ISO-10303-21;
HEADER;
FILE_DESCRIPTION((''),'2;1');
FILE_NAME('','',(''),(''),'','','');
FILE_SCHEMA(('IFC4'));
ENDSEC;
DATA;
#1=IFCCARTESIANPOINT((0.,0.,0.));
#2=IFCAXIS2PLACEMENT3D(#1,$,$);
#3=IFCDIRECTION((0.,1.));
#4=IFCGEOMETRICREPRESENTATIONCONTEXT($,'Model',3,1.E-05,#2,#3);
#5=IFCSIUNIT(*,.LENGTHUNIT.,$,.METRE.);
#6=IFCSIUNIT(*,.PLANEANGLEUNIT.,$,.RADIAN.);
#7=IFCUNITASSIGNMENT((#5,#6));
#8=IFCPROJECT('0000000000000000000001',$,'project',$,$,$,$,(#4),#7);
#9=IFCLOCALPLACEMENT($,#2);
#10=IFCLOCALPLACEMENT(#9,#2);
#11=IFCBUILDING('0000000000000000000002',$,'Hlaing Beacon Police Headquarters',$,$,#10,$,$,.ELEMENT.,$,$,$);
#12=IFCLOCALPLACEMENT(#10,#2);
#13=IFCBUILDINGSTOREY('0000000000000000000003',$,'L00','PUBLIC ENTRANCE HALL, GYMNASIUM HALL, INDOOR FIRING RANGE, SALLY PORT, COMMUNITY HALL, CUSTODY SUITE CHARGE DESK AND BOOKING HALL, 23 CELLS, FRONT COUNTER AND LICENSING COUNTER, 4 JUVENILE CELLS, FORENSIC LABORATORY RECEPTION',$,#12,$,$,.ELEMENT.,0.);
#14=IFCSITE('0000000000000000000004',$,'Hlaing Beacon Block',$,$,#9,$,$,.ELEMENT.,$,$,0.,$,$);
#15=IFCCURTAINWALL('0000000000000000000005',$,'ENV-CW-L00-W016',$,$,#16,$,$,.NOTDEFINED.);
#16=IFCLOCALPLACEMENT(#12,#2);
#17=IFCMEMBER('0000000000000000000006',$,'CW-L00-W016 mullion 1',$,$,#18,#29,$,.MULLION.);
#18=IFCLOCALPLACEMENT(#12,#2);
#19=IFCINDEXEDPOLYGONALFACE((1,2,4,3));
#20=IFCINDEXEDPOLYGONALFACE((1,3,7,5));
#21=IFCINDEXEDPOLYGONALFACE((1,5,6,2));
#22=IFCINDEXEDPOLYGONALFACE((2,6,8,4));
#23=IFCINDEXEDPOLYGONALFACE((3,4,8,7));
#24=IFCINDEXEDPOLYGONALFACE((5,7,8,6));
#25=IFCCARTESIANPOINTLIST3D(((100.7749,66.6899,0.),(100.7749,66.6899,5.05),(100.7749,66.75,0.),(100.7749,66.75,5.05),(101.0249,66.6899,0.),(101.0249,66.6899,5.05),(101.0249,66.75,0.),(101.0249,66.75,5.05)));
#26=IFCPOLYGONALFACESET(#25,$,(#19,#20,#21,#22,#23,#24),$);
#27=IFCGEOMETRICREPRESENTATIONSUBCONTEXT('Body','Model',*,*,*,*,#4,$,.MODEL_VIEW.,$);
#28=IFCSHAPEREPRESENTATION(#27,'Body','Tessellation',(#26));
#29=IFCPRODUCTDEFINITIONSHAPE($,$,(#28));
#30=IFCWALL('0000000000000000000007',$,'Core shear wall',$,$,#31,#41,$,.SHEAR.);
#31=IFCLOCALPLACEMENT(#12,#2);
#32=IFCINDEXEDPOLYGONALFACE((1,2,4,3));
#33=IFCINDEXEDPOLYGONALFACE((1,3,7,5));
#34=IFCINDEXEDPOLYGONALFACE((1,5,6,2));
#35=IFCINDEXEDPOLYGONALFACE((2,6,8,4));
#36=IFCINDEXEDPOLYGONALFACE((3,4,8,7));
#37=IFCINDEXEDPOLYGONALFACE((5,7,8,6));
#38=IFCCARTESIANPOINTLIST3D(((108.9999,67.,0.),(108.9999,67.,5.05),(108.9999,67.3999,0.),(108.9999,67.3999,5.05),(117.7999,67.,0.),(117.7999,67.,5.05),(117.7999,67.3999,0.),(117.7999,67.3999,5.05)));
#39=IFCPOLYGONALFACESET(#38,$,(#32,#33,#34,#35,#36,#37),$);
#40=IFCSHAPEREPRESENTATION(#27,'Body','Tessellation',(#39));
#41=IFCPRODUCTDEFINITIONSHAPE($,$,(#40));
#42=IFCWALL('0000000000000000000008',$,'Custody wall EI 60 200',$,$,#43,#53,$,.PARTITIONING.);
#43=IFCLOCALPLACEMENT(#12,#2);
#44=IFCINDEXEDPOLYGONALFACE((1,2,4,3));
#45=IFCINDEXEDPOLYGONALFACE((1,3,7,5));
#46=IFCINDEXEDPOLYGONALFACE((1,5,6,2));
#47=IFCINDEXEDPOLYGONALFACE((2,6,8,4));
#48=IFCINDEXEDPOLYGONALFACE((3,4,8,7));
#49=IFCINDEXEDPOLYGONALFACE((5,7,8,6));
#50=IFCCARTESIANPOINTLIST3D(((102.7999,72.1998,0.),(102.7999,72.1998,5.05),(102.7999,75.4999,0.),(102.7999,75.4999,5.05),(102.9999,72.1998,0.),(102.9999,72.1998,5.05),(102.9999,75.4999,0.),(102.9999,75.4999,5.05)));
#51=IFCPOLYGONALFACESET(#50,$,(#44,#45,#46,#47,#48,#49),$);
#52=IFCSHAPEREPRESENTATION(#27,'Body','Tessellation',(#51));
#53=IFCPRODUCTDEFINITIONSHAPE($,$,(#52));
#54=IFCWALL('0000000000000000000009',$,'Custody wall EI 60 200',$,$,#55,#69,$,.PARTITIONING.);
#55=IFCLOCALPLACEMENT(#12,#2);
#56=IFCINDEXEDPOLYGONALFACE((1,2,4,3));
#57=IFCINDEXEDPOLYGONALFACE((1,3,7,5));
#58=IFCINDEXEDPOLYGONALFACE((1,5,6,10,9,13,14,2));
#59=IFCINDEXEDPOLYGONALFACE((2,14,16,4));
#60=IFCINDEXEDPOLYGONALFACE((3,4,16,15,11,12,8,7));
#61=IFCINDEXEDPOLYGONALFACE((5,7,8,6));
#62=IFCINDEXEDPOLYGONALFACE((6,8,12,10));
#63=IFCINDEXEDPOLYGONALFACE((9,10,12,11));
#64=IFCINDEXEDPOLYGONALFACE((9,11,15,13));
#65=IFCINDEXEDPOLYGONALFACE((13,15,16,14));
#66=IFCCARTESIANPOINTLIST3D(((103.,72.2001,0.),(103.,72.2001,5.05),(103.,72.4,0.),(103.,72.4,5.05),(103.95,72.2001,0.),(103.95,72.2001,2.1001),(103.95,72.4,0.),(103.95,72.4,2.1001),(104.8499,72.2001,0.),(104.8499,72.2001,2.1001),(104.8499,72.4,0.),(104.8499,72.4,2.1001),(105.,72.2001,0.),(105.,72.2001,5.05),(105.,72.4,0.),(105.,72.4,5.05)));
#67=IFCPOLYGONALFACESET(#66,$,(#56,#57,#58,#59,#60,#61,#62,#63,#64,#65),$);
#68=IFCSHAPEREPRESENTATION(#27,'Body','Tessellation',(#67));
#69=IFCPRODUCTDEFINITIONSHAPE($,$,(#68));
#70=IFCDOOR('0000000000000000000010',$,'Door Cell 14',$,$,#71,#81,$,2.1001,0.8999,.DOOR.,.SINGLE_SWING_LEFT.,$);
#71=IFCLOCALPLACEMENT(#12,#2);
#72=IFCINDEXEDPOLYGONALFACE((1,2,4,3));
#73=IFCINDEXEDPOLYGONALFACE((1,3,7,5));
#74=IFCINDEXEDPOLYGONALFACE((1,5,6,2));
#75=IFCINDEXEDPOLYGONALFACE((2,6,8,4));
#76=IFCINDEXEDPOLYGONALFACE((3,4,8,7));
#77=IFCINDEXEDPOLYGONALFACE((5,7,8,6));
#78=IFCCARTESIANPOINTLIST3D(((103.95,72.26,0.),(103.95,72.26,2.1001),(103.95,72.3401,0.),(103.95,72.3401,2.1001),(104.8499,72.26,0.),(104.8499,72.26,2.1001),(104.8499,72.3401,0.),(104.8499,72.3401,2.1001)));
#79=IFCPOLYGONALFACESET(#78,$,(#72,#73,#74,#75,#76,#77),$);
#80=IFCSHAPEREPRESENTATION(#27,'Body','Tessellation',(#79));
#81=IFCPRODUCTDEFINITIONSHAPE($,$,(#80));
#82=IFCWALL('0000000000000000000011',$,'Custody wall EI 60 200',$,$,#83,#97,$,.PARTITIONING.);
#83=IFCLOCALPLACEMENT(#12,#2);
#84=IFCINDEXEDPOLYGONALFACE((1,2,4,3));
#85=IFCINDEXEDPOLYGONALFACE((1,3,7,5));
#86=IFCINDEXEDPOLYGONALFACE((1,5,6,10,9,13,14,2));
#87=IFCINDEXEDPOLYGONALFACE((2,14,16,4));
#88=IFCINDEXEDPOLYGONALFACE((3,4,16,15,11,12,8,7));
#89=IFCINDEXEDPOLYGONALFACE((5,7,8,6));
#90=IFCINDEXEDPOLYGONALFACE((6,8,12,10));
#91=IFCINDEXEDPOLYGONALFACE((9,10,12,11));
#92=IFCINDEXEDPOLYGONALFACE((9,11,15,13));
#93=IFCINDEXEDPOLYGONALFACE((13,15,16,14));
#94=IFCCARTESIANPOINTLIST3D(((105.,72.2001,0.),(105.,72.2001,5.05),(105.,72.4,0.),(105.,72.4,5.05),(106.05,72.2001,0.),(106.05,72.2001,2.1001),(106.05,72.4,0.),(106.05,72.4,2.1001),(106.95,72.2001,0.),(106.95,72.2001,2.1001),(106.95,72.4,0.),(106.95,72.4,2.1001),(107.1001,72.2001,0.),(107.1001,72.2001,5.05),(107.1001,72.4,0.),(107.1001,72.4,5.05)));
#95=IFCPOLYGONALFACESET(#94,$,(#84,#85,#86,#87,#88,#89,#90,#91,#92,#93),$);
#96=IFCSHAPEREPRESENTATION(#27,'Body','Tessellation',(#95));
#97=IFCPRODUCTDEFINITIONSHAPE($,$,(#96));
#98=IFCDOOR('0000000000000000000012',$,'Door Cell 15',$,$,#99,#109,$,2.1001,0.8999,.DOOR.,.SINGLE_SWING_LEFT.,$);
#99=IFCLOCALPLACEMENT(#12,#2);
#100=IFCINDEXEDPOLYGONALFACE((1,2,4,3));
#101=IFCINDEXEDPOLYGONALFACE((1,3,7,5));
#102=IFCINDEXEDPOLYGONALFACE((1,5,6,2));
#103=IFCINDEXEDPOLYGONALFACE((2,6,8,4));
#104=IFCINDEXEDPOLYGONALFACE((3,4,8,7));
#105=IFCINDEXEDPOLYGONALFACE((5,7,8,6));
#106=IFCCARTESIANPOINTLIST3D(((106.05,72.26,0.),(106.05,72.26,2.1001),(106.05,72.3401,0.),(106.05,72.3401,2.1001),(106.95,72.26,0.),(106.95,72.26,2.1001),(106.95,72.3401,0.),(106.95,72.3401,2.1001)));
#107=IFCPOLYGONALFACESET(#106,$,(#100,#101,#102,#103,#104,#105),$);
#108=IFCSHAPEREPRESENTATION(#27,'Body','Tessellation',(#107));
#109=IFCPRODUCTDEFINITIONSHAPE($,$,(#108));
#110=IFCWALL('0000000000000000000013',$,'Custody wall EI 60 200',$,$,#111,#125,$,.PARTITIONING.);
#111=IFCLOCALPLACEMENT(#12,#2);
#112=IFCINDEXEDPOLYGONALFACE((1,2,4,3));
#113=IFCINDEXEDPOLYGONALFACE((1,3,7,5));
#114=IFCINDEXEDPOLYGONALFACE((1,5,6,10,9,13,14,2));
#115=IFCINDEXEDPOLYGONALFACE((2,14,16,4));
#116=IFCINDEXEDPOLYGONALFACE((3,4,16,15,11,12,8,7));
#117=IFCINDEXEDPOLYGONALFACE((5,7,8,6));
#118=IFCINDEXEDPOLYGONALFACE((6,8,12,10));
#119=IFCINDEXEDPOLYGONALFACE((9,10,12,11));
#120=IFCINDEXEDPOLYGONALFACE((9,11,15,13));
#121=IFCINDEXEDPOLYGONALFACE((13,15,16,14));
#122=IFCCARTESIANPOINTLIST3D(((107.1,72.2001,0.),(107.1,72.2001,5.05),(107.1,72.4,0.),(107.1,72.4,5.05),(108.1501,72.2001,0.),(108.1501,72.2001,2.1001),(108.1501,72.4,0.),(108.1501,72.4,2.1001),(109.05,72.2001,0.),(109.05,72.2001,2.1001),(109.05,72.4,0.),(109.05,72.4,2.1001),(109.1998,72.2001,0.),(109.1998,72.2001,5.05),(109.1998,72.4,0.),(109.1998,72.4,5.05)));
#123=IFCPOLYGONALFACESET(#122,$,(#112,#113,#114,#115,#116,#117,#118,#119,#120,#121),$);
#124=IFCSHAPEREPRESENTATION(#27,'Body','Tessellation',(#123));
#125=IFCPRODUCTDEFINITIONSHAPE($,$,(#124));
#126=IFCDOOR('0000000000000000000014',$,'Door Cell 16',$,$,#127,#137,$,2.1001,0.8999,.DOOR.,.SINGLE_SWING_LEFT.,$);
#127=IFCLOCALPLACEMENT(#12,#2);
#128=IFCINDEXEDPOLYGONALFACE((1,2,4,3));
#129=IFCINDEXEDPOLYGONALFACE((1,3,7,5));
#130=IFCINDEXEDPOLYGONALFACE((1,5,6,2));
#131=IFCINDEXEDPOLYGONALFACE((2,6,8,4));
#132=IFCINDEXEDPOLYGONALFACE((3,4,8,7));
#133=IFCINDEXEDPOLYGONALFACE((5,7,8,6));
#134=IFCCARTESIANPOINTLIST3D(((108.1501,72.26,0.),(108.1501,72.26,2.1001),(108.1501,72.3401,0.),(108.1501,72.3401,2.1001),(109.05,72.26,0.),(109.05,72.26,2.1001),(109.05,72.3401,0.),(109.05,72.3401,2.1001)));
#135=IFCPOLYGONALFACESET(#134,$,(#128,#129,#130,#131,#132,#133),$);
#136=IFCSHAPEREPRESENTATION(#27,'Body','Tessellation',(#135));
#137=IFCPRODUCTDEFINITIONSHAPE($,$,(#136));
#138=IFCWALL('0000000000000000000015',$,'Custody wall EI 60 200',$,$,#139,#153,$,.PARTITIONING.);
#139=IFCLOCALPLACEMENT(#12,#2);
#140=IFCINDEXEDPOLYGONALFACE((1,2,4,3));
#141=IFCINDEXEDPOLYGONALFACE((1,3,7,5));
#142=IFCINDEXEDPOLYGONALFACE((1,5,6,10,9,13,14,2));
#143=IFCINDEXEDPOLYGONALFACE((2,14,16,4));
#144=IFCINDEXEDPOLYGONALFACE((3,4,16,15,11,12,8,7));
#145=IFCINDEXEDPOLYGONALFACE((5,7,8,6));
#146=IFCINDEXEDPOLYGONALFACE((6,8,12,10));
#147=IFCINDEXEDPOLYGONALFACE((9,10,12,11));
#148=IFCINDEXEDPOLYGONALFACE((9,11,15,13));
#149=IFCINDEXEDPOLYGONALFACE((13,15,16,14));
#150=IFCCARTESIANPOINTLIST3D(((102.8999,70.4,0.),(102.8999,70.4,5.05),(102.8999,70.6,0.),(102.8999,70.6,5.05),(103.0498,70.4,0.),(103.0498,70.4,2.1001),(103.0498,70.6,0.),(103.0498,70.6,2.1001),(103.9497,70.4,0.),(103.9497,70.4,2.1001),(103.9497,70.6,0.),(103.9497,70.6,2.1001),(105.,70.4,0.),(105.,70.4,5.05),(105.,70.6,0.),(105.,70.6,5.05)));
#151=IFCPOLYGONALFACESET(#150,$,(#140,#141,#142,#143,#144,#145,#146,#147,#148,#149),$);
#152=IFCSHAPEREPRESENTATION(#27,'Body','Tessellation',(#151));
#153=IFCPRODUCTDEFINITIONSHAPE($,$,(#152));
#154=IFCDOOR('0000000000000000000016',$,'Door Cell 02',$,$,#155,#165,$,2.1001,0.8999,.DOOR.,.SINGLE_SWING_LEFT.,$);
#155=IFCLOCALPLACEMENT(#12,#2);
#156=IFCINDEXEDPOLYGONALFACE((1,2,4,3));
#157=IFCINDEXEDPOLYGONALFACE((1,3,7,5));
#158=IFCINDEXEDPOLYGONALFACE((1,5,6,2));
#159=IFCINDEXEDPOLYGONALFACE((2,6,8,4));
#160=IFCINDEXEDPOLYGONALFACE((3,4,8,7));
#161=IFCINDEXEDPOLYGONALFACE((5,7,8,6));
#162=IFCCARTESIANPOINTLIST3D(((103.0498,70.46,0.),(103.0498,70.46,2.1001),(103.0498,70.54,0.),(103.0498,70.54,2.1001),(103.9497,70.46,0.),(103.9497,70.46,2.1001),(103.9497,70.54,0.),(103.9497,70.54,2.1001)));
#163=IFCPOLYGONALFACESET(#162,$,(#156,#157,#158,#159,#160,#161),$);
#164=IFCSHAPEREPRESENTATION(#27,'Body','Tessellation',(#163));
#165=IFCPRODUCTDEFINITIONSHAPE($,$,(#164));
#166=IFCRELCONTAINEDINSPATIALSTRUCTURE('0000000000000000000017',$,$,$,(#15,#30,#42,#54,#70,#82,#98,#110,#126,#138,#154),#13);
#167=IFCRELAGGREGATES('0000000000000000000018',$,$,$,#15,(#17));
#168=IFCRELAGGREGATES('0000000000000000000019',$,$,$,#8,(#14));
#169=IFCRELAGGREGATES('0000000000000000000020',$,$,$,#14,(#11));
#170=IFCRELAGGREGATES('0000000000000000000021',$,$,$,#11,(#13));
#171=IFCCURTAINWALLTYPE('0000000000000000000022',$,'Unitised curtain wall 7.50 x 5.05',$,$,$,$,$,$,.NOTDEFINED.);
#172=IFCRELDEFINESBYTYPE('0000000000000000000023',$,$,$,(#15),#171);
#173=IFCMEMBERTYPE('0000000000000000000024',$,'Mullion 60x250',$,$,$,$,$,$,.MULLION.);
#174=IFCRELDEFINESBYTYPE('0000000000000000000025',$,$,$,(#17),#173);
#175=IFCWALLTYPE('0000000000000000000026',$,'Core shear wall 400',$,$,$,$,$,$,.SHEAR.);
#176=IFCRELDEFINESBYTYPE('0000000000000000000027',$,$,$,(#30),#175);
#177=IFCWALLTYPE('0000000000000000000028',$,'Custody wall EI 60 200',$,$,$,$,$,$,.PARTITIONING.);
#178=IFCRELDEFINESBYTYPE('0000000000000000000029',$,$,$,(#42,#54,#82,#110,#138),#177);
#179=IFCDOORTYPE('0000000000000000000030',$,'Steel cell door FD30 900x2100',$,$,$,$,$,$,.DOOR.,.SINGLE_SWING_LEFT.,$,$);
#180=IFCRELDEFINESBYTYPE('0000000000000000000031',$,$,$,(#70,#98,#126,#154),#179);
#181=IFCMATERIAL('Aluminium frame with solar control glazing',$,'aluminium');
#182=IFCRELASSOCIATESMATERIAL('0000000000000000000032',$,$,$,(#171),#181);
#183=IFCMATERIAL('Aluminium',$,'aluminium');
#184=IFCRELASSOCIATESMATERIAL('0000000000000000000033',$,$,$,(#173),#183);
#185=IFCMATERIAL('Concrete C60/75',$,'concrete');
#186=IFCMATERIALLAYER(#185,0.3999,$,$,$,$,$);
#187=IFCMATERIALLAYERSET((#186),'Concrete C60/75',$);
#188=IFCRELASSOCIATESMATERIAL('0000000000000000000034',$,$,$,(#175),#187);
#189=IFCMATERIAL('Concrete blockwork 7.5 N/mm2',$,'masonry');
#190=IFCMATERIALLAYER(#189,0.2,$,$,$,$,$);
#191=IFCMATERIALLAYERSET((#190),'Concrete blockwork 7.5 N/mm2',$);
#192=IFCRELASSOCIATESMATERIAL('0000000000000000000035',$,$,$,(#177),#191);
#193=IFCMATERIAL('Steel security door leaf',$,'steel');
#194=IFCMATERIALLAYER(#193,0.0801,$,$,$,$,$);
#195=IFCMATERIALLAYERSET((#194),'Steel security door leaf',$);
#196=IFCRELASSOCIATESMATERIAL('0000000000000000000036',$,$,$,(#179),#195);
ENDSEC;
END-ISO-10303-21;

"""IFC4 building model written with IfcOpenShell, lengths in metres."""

from ifc_helpers import new_model, si_unit, direction, frame, frame_2d, origin, origin_2d, place, context, subcontext, project, spatial, rectangle, extrude, material, layer, layer_set, material_profile, profile_set, type_object, element, fill, aggregate, save


model = new_model("IFC4")

# Units and contexts
model_context = context("Model", 3, precision=1e-05, world=origin(), true_north=direction((0.0, 1.0)))
body_context = subcontext(model_context, "Body", "Model", "MODEL_VIEW")
ifc_project = project(units=[si_unit("LENGTHUNIT", "METRE"), si_unit("PLANEANGLEUNIT", "RADIAN")], contexts=[model_context])

# Site, building, storey
site_placement = place(None, origin())
site = spatial("IfcSite", under=ifc_project, at=site_placement, Name="Hlaing Beacon Block", CompositionType="ELEMENT", RefElevation=0.0)
building_placement = place(site_placement, origin())
building = spatial("IfcBuilding", under=site, at=building_placement, Name="Hlaing Beacon Police Headquarters", CompositionType="ELEMENT")
storey_placement = place(building_placement, origin())
storey = spatial("IfcBuildingStorey", under=building, at=storey_placement, Name="L00", Description="PUBLIC ENTRANCE HALL, GYMNASIUM HALL, INDOOR FIRING RANGE, SALLY PORT, COMMUNITY HALL, CUSTODY SUITE CHARGE DESK AND BOOKING HALL, 23 CELLS, FRONT COUNTER AND LICENSING COUNTER, 4 JUVENILE CELLS, FORENSIC LABORATORY RECEPTION", CompositionType="ELEMENT", Elevation=0.0)

# Curtain wall, member
ifc_material_1 = material(Name="Aluminium frame with solar control glazing", Category="aluminium")
curtain_wall_type = type_object("IfcCurtainWallType", Name="Unitised curtain wall 7.50 x 5.05", PredefinedType="NOTDEFINED", material=ifc_material_1)
curtain_wall_placement = place(storey_placement, origin())
curtain_wall = element("IfcCurtainWall", 1, at=curtain_wall_placement, inside=storey, type_object=curtain_wall_type, Name="ENV-CW-L00-W016", PredefinedType="NOTDEFINED")
ifc_material_2 = material(Name="Aluminium", Category="aluminium")
ifc_material_profile = material_profile(ifc_material_2, rectangle(XDim=0.25, YDim=0.0601, at=origin_2d()), Name="Mullion 60x250")
ifc_profile_set = profile_set([ifc_material_profile], Name="Aluminium")
member_type = type_object("IfcMemberType", Name="Mullion 60x250", PredefinedType="MULLION", material=ifc_profile_set)
member_placement = place(storey_placement, frame((100.8999, 66.72, 0.0), z_axis=(0.0, 0.0, 1.0), x_axis=(1.0, 0.0, 0.0)))
member = element("IfcMember", 2, at=member_placement, type_object=member_type, Name="CW-L00-W016 mullion 1", PredefinedType="MULLION", context=body_context, shape_type="SweptSolid", body=[
    extrude(rectangle(XDim=0.25, YDim=0.0601, at=origin_2d()), origin(), (0.0, 0.0, 1.0), 5.05),
])
aggregate(curtain_wall, [member])

# Walls
ifc_material_3 = material(Name="Concrete C60/75", Category="concrete")
ifc_layer_1 = layer(ifc_material_3, 0.3999)
ifc_layer_set_1 = layer_set([ifc_layer_1], Name="Concrete C60/75")
wall_type_1 = type_object("IfcWallType", Name="Core shear wall 400", PredefinedType="SHEAR", material=ifc_layer_set_1)
wall_1_placement = place(storey_placement, frame((109.0, 67.2, 0.0), z_axis=(0.0, 0.0, 1.0), x_axis=(1.0, 0.0, 0.0)))
element("IfcWall", 3, at=wall_1_placement, inside=storey, type_object=wall_type_1, Name="Core shear wall", PredefinedType="SHEAR", context=body_context, shape_type="SweptSolid", body=[
    extrude(rectangle(XDim=8.8, YDim=0.3999, at=frame_2d((4.3999, 0.0))), origin(), (0.0, 0.0, 1.0), 5.05),
])
ifc_material_4 = material(Name="Concrete blockwork 7.5 N/mm2", Category="masonry")
ifc_layer_2 = layer(ifc_material_4, 0.2)
ifc_layer_set_2 = layer_set([ifc_layer_2], Name="Concrete blockwork 7.5 N/mm2")
wall_type_2 = type_object("IfcWallType", Name="Custody wall EI 60 200", PredefinedType="PARTITIONING", material=ifc_layer_set_2)
wall_2_placement = place(storey_placement, frame((102.8999, 72.2, 0.0), z_axis=(0.0, 0.0, 1.0), x_axis=(0.0, 1.0, 0.0)))
element("IfcWall", 4, at=wall_2_placement, inside=storey, type_object=wall_type_2, Name="Custody wall EI 60 200", PredefinedType="PARTITIONING", context=body_context, shape_type="SweptSolid", body=[
    extrude(rectangle(XDim=3.3, YDim=0.2, at=frame_2d((1.6499, 0.0))), origin(), (0.0, 0.0, 1.0), 5.05),
])

# Walls, openings, doors
wall_3_placement = place(storey_placement, frame((103.0, 72.3, 0.0), z_axis=(0.0, 0.0, 1.0), x_axis=(1.0, 0.0, 0.0)))
wall_3 = element("IfcWall", 5, at=wall_3_placement, inside=storey, type_object=wall_type_2, Name="Custody wall EI 60 200", PredefinedType="PARTITIONING", context=body_context, shape_type="SweptSolid", body=[
    extrude(rectangle(XDim=2.0, YDim=0.2, at=frame_2d((1.0, 0.0))), origin(), (0.0, 0.0, 1.0), 5.05),
])
opening_1_placement = place(wall_3_placement, frame((0.95, 0.0, 0.0)))
opening_1 = element("IfcOpeningElement", 6, at=opening_1_placement, cuts=wall_3, PredefinedType="OPENING", context=body_context, shape_type="SweptSolid", body=[
    extrude(rectangle(XDim=0.8999, YDim=2.1001, at=frame_2d((0.45, 1.05))), frame((0.0, 0.1099, 0.0), z_axis=(0.0, -1.0, 0.0), x_axis=(1.0, 0.0, 0.0)), (0.0, 0.0, 1.0), 0.22),
])
ifc_material_5 = material(Name="Steel security door leaf", Category="steel")
ifc_layer_3 = layer(ifc_material_5, 0.0801)
ifc_layer_set_3 = layer_set([ifc_layer_3], Name="Steel security door leaf")
door_type = type_object("IfcDoorType", Name="Steel cell door FD30 900x2100", OperationType="SINGLE_SWING_LEFT", PredefinedType="DOOR", material=ifc_layer_set_3)
door_1_placement = place(opening_1_placement, origin())
door_1 = element("IfcDoor", 7, at=door_1_placement, inside=storey, type_object=door_type, Name="Door Cell 14", OperationType="SINGLE_SWING_LEFT", OverallHeight=2.1001, OverallWidth=0.8999, PredefinedType="DOOR", context=body_context, shape_type="SweptSolid", body=[
    extrude(rectangle(XDim=0.8999, YDim=2.1001, at=frame_2d((0.45, 1.05))), frame((0.0, 0.04, 0.0), z_axis=(0.0, -1.0, 0.0), x_axis=(1.0, 0.0, 0.0)), (0.0, 0.0, 1.0), 0.0801),
])
fill(opening_1, door_1)
wall_4_placement = place(storey_placement, frame((105.0, 72.3, 0.0), z_axis=(0.0, 0.0, 1.0), x_axis=(1.0, 0.0, 0.0)))
wall_4 = element("IfcWall", 8, at=wall_4_placement, inside=storey, type_object=wall_type_2, Name="Custody wall EI 60 200", PredefinedType="PARTITIONING", context=body_context, shape_type="SweptSolid", body=[
    extrude(rectangle(XDim=2.1001, YDim=0.2, at=frame_2d((1.05, 0.0))), origin(), (0.0, 0.0, 1.0), 5.05),
])
opening_2_placement = place(wall_4_placement, frame((1.05, 0.0, 0.0)))
opening_2 = element("IfcOpeningElement", 9, at=opening_2_placement, cuts=wall_4, PredefinedType="OPENING", context=body_context, shape_type="SweptSolid", body=[
    extrude(rectangle(XDim=0.8999, YDim=2.1001, at=frame_2d((0.45, 1.05))), frame((0.0, 0.1099, 0.0), z_axis=(0.0, -1.0, 0.0), x_axis=(1.0, 0.0, 0.0)), (0.0, 0.0, 1.0), 0.22),
])
door_2_placement = place(opening_2_placement, origin())
door_2 = element("IfcDoor", 10, at=door_2_placement, inside=storey, type_object=door_type, Name="Door Cell 15", OperationType="SINGLE_SWING_LEFT", OverallHeight=2.1001, OverallWidth=0.8999, PredefinedType="DOOR", context=body_context, shape_type="SweptSolid", body=[
    extrude(rectangle(XDim=0.8999, YDim=2.1001, at=frame_2d((0.45, 1.05))), frame((0.0, 0.04, 0.0), z_axis=(0.0, -1.0, 0.0), x_axis=(1.0, 0.0, 0.0)), (0.0, 0.0, 1.0), 0.0801),
])
fill(opening_2, door_2)
wall_5_placement = place(storey_placement, frame((107.1001, 72.3, 0.0), z_axis=(0.0, 0.0, 1.0), x_axis=(1.0, 0.0, 0.0)))
wall_5 = element("IfcWall", 11, at=wall_5_placement, inside=storey, type_object=wall_type_2, Name="Custody wall EI 60 200", PredefinedType="PARTITIONING", context=body_context, shape_type="SweptSolid", body=[
    extrude(rectangle(XDim=2.0999, YDim=0.2, at=frame_2d((1.0498, 0.0))), origin(), (0.0, 0.0, 1.0), 5.05),
])
opening_3_placement = place(wall_5_placement, frame((1.05, 0.0, 0.0)))
opening_3 = element("IfcOpeningElement", 12, at=opening_3_placement, cuts=wall_5, PredefinedType="OPENING", context=body_context, shape_type="SweptSolid", body=[
    extrude(rectangle(XDim=0.8999, YDim=2.1001, at=frame_2d((0.45, 1.05))), frame((0.0, 0.1099, 0.0), z_axis=(0.0, -1.0, 0.0), x_axis=(1.0, 0.0, 0.0)), (0.0, 0.0, 1.0), 0.22),
])
door_3_placement = place(opening_3_placement, origin())
door_3 = element("IfcDoor", 13, at=door_3_placement, inside=storey, type_object=door_type, Name="Door Cell 16", OperationType="SINGLE_SWING_LEFT", OverallHeight=2.1001, OverallWidth=0.8999, PredefinedType="DOOR", context=body_context, shape_type="SweptSolid", body=[
    extrude(rectangle(XDim=0.8999, YDim=2.1001, at=frame_2d((0.45, 1.05))), frame((0.0, 0.04, 0.0), z_axis=(0.0, -1.0, 0.0), x_axis=(1.0, 0.0, 0.0)), (0.0, 0.0, 1.0), 0.0801),
])
fill(opening_3, door_3)
wall_6_placement = place(storey_placement, frame((102.8999, 70.5, 0.0), z_axis=(0.0, 0.0, 1.0), x_axis=(1.0, 0.0, 0.0)))
wall_6 = element("IfcWall", 14, at=wall_6_placement, inside=storey, type_object=wall_type_2, Name="Custody wall EI 60 200", PredefinedType="PARTITIONING", context=body_context, shape_type="SweptSolid", body=[
    extrude(rectangle(XDim=2.1001, YDim=0.2, at=frame_2d((1.05, 0.0))), origin(), (0.0, 0.0, 1.0), 5.05),
])
opening_4_placement = place(wall_6_placement, frame((0.1499, 0.0, 0.0)))
opening_4 = element("IfcOpeningElement", 15, at=opening_4_placement, cuts=wall_6, PredefinedType="OPENING", context=body_context, shape_type="SweptSolid", body=[
    extrude(rectangle(XDim=0.8999, YDim=2.1001, at=frame_2d((0.45, 1.05))), frame((0.0, 0.1099, 0.0), z_axis=(0.0, -1.0, 0.0), x_axis=(1.0, 0.0, 0.0)), (0.0, 0.0, 1.0), 0.22),
])
door_4_placement = place(opening_4_placement, frame((0.8999, 0.0, 0.0), z_axis=(0.0, 0.0, 1.0), x_axis=(-1.0, 0.0, 0.0)))
door_4 = element("IfcDoor", 16, at=door_4_placement, inside=storey, type_object=door_type, Name="Door Cell 02", OperationType="SINGLE_SWING_LEFT", OverallHeight=2.1001, OverallWidth=0.8999, PredefinedType="DOOR", context=body_context, shape_type="SweptSolid", body=[
    extrude(rectangle(XDim=0.8999, YDim=2.1001, at=frame_2d((0.45, 1.05))), frame((0.0, 0.04, 0.0), z_axis=(0.0, -1.0, 0.0), x_axis=(1.0, 0.0, 0.0)), (0.0, 0.0, 1.0), 0.0801),
])
fill(opening_4, door_4)

save(model, "model.ifc")
